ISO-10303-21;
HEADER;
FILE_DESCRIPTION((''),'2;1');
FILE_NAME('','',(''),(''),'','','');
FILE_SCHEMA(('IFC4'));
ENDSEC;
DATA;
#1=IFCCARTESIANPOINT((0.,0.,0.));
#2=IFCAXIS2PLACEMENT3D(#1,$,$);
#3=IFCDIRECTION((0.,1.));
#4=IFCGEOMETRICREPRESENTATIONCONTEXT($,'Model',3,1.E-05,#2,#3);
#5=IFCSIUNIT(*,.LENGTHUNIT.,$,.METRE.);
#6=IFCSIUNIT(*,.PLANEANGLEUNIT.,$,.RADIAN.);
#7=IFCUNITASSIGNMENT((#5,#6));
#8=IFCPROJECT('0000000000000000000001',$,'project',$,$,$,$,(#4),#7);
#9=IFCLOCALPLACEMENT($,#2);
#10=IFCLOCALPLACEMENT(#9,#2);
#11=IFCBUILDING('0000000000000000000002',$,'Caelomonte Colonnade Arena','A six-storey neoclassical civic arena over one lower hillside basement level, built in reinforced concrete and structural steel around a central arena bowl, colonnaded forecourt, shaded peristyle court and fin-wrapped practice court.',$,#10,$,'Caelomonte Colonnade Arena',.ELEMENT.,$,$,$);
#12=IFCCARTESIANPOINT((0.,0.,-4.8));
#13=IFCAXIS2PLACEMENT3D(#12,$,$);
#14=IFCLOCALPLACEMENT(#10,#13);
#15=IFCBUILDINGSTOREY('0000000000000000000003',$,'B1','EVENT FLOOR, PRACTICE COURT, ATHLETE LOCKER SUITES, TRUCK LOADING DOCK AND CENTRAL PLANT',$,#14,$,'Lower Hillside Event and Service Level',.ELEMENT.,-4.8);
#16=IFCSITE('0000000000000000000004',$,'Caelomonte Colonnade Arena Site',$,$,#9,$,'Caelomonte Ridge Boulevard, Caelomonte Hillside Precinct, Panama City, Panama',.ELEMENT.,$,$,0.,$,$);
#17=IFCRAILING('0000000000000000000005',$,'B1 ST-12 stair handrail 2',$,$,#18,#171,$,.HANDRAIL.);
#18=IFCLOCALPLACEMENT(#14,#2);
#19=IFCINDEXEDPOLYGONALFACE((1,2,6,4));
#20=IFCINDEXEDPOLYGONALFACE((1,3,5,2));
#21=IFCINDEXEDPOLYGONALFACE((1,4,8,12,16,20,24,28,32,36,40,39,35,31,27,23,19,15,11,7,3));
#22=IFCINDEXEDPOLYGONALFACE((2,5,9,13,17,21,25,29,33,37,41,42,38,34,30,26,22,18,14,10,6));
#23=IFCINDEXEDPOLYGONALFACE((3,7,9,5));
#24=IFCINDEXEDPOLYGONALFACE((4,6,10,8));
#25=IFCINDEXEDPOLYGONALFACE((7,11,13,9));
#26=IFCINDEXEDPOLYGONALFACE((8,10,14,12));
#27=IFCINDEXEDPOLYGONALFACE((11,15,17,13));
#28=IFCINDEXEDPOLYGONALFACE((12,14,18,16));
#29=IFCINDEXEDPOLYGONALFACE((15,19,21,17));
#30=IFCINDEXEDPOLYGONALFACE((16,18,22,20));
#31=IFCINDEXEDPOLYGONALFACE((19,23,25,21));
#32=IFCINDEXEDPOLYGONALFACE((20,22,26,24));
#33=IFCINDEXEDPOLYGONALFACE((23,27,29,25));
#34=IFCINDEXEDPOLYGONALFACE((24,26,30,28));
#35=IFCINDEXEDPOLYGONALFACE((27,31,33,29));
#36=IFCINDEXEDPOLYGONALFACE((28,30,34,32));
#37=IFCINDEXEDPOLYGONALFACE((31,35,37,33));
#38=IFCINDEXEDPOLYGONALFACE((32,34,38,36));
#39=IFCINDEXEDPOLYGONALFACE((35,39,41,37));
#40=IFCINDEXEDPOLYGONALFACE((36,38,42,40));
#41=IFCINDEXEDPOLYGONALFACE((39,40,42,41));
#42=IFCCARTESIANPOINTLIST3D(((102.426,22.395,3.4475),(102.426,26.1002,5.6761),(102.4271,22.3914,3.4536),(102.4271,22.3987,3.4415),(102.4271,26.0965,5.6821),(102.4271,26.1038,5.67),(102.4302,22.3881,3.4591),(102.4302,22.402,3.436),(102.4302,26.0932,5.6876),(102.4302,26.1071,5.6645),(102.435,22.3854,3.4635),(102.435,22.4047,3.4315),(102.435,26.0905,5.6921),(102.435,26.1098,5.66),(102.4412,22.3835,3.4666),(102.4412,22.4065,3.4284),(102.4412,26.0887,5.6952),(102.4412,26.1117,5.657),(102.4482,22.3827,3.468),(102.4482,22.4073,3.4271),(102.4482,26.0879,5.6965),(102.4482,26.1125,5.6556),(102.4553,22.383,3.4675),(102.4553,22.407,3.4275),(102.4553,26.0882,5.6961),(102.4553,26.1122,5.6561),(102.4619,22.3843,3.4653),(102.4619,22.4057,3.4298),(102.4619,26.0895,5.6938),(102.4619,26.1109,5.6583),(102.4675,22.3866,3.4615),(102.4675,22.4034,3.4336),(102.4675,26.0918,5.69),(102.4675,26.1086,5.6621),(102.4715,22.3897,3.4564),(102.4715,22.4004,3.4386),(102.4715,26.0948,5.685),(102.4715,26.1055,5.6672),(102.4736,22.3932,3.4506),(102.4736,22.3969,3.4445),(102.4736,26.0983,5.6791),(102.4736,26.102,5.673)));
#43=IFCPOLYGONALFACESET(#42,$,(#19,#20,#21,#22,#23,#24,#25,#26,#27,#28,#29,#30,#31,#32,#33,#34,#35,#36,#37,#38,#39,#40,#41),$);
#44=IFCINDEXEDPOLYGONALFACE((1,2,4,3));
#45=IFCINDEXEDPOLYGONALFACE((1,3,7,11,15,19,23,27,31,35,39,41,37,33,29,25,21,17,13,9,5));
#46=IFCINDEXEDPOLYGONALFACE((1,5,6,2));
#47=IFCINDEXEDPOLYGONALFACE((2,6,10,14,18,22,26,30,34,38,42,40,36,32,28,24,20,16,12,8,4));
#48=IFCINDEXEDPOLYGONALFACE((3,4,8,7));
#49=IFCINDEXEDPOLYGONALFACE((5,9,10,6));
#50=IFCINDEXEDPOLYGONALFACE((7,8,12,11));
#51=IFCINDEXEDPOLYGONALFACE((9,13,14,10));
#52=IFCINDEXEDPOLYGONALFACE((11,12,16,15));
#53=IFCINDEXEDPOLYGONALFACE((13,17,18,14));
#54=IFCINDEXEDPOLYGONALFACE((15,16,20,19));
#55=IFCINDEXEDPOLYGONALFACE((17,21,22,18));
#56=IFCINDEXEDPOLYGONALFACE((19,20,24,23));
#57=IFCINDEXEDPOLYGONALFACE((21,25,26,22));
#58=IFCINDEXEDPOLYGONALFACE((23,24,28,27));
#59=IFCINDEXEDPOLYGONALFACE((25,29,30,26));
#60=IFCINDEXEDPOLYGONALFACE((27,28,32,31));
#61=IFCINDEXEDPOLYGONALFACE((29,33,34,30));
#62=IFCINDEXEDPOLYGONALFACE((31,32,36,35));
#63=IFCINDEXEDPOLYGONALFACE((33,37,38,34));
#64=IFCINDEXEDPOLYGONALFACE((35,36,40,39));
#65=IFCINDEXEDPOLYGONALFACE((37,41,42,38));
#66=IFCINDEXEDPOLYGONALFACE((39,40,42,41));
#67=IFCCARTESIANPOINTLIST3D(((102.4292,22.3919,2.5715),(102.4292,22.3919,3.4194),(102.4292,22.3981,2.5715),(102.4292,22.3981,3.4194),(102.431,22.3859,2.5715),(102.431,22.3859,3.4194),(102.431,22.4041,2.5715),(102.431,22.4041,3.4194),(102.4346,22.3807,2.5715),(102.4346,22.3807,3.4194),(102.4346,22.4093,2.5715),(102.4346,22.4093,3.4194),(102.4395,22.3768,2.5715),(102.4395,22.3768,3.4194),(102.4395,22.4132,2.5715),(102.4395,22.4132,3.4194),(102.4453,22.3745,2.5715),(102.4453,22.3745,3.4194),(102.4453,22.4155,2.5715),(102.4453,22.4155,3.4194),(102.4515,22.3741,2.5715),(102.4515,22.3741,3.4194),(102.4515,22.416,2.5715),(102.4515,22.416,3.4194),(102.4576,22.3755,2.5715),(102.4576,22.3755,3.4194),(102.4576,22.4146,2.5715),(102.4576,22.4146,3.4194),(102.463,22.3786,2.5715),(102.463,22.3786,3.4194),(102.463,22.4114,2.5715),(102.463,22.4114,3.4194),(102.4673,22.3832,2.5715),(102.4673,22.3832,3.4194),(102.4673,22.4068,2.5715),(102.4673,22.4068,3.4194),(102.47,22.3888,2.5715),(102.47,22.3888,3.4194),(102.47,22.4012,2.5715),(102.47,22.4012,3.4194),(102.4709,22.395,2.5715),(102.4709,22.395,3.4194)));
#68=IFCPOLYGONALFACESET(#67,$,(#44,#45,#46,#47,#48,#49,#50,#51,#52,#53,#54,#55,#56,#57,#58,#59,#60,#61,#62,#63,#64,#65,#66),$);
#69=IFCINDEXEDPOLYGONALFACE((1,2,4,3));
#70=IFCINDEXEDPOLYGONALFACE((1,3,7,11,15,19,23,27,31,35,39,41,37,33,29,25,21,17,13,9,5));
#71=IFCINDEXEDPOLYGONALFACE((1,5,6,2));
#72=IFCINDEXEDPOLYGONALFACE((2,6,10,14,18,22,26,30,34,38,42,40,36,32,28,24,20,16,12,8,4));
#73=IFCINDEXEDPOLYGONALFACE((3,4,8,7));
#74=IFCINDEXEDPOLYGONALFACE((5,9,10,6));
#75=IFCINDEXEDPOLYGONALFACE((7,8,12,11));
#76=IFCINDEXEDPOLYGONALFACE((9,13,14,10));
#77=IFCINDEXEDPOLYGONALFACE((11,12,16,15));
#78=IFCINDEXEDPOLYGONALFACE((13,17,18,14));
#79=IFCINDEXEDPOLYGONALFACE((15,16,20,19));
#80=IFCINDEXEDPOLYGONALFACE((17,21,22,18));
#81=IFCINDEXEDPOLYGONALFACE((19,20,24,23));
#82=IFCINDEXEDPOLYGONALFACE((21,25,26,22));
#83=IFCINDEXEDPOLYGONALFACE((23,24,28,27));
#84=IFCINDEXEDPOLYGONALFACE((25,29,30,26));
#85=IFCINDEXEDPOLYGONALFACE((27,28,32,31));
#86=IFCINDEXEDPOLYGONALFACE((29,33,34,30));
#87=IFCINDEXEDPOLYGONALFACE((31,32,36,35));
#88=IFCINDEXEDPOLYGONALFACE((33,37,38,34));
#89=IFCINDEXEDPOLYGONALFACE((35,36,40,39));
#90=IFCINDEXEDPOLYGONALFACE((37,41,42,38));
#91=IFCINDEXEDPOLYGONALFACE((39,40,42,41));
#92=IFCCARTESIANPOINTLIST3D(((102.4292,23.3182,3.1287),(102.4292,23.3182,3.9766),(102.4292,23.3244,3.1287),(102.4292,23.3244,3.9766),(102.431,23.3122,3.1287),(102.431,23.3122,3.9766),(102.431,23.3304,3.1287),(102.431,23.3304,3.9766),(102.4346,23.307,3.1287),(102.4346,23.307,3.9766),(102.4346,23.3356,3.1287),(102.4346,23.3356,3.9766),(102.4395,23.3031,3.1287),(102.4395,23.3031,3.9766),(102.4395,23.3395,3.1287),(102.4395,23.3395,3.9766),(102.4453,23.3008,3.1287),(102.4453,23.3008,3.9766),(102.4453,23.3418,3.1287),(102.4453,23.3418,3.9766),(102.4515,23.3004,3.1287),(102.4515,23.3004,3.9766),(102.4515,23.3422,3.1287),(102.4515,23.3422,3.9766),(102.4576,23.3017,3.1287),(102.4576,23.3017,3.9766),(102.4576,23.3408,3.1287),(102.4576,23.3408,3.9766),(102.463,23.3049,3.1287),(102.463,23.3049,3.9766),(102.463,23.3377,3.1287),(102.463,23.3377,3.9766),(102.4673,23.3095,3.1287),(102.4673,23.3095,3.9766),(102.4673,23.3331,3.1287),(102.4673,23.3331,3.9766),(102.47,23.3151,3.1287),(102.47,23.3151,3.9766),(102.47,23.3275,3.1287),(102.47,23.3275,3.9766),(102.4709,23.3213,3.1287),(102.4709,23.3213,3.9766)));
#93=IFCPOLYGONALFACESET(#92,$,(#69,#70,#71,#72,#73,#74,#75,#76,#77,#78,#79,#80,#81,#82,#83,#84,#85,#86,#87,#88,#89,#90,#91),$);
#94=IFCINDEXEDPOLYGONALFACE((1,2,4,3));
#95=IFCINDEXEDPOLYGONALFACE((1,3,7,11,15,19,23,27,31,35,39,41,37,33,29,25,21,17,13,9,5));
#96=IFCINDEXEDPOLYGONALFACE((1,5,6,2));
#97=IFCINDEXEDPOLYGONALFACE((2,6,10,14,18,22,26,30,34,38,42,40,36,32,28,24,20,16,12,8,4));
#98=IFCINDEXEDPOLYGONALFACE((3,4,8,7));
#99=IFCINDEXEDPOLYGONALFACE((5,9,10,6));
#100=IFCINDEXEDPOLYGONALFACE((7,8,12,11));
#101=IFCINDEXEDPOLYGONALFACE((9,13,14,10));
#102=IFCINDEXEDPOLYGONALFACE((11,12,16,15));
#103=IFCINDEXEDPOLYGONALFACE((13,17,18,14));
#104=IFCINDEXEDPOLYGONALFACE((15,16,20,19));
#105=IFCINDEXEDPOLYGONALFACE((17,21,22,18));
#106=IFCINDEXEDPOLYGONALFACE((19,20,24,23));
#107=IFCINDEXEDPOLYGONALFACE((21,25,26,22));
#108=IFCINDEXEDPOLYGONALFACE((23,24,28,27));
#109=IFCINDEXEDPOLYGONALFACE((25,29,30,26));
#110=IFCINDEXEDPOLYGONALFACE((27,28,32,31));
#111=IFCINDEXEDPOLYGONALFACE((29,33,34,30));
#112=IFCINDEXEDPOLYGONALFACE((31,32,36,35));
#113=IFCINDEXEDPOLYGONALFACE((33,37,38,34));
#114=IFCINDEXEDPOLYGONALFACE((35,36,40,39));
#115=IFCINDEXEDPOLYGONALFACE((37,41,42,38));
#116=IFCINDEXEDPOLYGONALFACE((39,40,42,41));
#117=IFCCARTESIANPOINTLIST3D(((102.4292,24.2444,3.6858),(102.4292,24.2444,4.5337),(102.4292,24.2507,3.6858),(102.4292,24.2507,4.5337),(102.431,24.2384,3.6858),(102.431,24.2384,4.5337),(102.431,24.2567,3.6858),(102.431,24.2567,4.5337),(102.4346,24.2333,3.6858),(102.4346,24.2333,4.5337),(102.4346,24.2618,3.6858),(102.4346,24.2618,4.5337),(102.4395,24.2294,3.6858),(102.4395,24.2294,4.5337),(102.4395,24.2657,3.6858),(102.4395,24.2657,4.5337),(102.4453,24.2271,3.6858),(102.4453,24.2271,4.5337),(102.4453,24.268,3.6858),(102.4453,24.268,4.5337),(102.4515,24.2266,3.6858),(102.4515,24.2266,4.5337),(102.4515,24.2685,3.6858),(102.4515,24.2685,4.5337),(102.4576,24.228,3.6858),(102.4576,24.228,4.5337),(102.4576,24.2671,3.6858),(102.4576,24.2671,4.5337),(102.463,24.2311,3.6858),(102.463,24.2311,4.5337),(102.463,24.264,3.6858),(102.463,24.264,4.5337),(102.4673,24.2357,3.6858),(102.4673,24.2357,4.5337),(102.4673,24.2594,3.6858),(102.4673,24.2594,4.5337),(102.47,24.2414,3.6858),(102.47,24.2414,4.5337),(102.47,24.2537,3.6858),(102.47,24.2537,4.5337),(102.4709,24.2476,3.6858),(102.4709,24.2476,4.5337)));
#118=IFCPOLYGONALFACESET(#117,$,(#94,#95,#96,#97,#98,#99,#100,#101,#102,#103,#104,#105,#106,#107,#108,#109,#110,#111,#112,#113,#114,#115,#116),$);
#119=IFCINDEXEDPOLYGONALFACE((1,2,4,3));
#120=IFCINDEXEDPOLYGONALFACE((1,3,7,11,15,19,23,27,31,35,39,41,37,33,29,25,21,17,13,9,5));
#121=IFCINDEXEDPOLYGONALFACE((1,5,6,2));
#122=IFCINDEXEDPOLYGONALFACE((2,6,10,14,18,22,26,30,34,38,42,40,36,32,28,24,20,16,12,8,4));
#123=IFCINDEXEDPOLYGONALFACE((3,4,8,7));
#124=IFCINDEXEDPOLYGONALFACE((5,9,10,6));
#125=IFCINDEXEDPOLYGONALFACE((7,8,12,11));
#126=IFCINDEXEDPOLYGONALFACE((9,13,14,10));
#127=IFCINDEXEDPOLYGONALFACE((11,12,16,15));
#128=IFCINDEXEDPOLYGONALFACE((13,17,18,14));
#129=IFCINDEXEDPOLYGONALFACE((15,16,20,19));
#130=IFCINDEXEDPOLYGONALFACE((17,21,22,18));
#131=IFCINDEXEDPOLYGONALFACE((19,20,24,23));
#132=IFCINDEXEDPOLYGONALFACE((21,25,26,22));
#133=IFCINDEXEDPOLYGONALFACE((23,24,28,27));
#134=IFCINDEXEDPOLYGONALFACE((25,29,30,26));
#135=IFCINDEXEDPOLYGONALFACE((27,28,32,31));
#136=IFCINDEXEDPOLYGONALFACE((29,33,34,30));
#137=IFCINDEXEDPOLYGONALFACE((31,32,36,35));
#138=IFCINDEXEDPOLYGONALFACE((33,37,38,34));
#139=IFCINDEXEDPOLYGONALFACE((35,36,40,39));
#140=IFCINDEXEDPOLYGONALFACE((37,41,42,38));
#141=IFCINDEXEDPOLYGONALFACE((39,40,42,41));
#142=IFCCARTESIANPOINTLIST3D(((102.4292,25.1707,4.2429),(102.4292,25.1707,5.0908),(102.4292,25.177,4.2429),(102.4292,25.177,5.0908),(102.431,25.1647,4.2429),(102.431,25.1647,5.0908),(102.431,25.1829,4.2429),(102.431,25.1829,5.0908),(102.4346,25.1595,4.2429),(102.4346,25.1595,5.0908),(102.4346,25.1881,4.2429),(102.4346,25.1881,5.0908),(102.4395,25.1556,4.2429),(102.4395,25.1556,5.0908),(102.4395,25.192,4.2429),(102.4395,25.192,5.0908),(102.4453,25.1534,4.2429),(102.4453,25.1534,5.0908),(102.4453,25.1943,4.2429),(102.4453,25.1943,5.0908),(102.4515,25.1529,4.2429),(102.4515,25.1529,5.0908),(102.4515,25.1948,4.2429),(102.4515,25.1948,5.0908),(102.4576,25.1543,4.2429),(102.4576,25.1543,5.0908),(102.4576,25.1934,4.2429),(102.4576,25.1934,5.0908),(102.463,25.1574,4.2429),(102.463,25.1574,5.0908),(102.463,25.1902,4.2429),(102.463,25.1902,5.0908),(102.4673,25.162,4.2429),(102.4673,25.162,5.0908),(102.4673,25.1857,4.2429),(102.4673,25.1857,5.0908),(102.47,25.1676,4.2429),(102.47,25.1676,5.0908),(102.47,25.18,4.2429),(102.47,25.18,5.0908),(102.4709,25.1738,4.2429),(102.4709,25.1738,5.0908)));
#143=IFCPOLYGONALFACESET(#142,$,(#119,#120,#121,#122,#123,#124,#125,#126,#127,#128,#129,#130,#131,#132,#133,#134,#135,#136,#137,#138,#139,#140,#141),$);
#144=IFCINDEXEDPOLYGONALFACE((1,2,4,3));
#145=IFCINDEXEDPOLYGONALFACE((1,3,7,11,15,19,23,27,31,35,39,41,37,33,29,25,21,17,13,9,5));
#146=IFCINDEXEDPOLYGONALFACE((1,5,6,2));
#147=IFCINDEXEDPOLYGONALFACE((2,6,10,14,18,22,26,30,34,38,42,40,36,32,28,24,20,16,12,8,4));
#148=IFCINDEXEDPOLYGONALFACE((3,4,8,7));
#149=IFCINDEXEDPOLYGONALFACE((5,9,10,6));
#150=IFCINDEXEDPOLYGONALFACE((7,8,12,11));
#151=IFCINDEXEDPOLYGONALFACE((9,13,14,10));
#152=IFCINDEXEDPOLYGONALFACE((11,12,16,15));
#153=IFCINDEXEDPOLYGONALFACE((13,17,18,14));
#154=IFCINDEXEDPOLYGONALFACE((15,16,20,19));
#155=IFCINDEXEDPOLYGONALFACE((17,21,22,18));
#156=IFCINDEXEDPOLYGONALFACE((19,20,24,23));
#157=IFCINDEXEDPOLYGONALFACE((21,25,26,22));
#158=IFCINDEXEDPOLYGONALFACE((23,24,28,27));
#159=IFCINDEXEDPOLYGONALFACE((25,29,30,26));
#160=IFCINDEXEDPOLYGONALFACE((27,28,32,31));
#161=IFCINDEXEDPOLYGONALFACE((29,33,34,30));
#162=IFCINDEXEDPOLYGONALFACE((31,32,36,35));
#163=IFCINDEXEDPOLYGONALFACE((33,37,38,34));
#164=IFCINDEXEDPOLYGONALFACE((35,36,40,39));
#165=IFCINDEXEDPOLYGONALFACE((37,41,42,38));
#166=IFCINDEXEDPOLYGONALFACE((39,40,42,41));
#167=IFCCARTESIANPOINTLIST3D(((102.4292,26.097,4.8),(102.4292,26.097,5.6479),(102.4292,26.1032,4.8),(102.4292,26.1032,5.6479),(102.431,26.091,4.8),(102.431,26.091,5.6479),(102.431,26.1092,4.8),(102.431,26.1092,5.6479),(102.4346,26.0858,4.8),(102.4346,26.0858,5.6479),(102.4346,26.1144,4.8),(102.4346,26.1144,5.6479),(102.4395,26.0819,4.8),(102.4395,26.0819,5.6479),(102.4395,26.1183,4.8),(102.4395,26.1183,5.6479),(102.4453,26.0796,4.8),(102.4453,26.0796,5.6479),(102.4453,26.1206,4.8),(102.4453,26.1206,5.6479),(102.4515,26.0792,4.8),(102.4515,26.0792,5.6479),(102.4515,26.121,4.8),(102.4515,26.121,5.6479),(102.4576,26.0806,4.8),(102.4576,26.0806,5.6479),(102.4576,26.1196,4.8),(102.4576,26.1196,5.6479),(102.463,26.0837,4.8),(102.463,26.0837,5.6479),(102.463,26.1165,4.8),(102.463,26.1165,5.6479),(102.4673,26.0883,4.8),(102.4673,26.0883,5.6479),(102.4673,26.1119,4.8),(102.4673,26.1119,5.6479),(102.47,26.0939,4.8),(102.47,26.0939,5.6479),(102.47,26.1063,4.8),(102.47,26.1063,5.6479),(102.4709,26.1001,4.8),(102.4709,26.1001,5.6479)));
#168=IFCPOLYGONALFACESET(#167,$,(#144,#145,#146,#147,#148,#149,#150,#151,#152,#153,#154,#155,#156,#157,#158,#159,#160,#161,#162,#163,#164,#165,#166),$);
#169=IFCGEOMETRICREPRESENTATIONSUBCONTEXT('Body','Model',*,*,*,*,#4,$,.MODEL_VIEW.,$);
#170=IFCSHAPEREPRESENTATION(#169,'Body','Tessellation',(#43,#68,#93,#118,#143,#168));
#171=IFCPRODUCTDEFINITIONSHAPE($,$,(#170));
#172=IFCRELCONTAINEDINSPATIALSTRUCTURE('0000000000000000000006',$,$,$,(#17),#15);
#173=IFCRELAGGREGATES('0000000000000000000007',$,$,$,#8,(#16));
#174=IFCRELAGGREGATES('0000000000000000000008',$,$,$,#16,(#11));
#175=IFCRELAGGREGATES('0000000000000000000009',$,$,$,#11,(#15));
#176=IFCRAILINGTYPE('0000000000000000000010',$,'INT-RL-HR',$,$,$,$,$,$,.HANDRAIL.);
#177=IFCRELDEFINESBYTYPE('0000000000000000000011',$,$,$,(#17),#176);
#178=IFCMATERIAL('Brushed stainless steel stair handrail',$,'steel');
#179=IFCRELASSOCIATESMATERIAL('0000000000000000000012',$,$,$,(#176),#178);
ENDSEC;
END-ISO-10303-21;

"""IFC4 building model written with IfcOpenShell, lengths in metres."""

from ifc_helpers import new_model, si_unit, direction, frame, origin, origin_2d, place, context, subcontext, project, spatial, circle, extrude, material, type_object, element, save


model = new_model("IFC4")

# Units and contexts
model_context = context("Model", 3, precision=1e-05, world=origin(), true_north=direction((0.0, 1.0)))
body_context = subcontext(model_context, "Body", "Model", "MODEL_VIEW")
ifc_project = project(units=[si_unit("LENGTHUNIT", "METRE"), si_unit("PLANEANGLEUNIT", "RADIAN")], contexts=[model_context])

# Site, building, storey
site_placement = place(None, origin())
site = spatial("IfcSite", under=ifc_project, at=site_placement, Name="Caelomonte Colonnade Arena Site", LongName="Caelomonte Ridge Boulevard, Caelomonte Hillside Precinct, Panama City, Panama", CompositionType="ELEMENT", RefElevation=0.0)
building_placement = place(site_placement, origin())
building = spatial("IfcBuilding", under=site, at=building_placement, Name="Caelomonte Colonnade Arena", Description="A six-storey neoclassical civic arena over one lower hillside basement level, built in reinforced concrete and structural steel around a central arena bowl, colonnaded forecourt, shaded peristyle court and fin-wrapped practice court.", LongName="Caelomonte Colonnade Arena", CompositionType="ELEMENT")
storey_placement = place(building_placement, frame((0.0, 0.0, -4.8)))
storey = spatial("IfcBuildingStorey", under=building, at=storey_placement, Name="B1", Description="EVENT FLOOR, PRACTICE COURT, ATHLETE LOCKER SUITES, TRUCK LOADING DOCK AND CENTRAL PLANT", LongName="Lower Hillside Event and Service Level", CompositionType="ELEMENT", Elevation=-4.8)

# Railing
ifc_material_1 = material(Name="Brushed stainless steel stair handrail", Category="steel")
railing_type_1 = type_object("IfcRailingType", Name="INT-RL-HR", PredefinedType="HANDRAIL", material=ifc_material_1)
railing_1_placement = place(storey_placement, frame((102.45, 22.395, 2.5715)))
element("IfcRailing", 1, at=railing_1_placement, inside=storey, type_object=railing_type_1, Name="B1 ST-12 stair handrail 2", PredefinedType="HANDRAIL", context=body_context, shape_type="SweptSolid", body=[
    extrude(circle(Radius=0.0239, at=origin_2d()), frame((0.0, 0.0, 0.876), z_axis=(0.0, 0.856934, 0.515425), x_axis=(-1.0, 0.0, 0.0)), (0.0, 0.0, 1.0), 4.3237),
    extrude(circle(Radius=0.021, at=origin_2d()), origin(), (0.0, 0.0, 1.0), 0.8479),
    extrude(circle(Radius=0.021, at=origin_2d()), frame((0.0, 0.9263, 0.5571)), (0.0, 0.0, 1.0), 0.8479),
    extrude(circle(Radius=0.021, at=origin_2d()), frame((0.0, 1.8525, 1.1143)), (0.0, 0.0, 1.0), 0.8479),
    extrude(circle(Radius=0.021, at=origin_2d()), frame((0.0, 2.7788, 1.6714)), (0.0, 0.0, 1.0), 0.8479),
    extrude(circle(Radius=0.021, at=origin_2d()), frame((0.0, 3.7051, 2.2285)), (0.0, 0.0, 1.0), 0.8479),
])

save(model, "model.ifc")
